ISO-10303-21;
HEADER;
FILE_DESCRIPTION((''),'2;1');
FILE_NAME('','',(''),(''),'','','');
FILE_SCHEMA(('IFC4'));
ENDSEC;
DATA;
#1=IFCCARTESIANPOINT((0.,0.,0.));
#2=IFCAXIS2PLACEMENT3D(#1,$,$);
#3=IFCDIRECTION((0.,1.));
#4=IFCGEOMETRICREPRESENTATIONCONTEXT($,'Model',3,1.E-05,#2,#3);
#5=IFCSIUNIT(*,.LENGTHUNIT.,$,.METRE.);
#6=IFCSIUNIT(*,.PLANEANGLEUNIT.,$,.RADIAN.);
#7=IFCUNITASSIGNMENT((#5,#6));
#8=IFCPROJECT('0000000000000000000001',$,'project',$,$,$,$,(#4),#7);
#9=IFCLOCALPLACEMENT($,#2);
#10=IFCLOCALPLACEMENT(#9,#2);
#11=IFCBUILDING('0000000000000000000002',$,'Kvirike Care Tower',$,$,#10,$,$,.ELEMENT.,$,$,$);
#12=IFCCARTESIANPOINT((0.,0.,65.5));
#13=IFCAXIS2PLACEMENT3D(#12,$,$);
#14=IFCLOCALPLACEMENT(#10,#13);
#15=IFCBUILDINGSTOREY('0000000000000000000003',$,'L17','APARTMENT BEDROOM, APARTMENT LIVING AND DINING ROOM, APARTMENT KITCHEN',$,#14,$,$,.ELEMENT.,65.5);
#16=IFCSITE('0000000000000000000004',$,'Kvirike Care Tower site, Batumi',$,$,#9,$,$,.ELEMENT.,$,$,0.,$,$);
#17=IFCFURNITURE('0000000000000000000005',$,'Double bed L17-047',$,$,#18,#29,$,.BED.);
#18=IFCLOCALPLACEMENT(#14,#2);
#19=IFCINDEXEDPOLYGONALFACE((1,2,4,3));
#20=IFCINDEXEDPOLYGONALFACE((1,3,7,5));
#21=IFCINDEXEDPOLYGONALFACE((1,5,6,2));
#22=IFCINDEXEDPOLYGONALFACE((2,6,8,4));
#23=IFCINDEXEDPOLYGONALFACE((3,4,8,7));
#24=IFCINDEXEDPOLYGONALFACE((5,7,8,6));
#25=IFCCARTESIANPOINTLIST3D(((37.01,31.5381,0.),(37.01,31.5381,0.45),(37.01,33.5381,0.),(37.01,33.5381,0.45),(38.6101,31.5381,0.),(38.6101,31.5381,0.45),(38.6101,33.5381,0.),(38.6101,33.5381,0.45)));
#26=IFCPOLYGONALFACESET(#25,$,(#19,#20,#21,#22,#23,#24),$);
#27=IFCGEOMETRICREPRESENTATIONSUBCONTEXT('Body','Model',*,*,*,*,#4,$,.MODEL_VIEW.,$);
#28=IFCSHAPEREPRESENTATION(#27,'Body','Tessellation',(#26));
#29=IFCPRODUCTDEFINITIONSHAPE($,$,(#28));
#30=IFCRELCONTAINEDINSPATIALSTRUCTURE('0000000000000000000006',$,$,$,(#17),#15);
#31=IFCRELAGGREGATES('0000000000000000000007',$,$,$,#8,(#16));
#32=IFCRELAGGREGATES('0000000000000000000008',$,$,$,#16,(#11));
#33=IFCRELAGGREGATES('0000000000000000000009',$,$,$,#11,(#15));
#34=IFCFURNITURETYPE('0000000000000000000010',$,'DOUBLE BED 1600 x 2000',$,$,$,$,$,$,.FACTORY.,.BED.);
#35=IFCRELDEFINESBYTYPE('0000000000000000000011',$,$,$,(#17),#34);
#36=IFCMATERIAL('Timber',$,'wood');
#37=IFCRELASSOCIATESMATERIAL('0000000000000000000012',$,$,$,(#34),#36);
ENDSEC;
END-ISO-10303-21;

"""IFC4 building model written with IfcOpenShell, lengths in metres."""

from ifc_helpers import new_model, si_unit, direction, frame, origin, origin_2d, place, context, subcontext, project, spatial, rectangle, extrude, material, type_object, element, save


model = new_model("IFC4")

# Units and contexts
model_context = context("Model", 3, precision=1e-05, world=origin(), true_north=direction((0.0, 1.0)))
body_context = subcontext(model_context, "Body", "Model", "MODEL_VIEW")
ifc_project = project(units=[si_unit("LENGTHUNIT", "METRE"), si_unit("PLANEANGLEUNIT", "RADIAN")], contexts=[model_context])

# Site, building, storey
site_placement = place(None, origin())
site = spatial("IfcSite", under=ifc_project, at=site_placement, Name="Kvirike Care Tower site, Batumi", CompositionType="ELEMENT", RefElevation=0.0)
building_placement = place(site_placement, origin())
building = spatial("IfcBuilding", under=site, at=building_placement, Name="Kvirike Care Tower", CompositionType="ELEMENT")
storey_placement = place(building_placement, frame((0.0, 0.0, 65.5)))
storey = spatial("IfcBuildingStorey", under=building, at=storey_placement, Name="L17", Description="APARTMENT BEDROOM, APARTMENT LIVING AND DINING ROOM, APARTMENT KITCHEN", CompositionType="ELEMENT", Elevation=65.5)

# Furniture
ifc_material_1 = material(Name="Timber", Category="wood")
furniture_type = type_object("IfcFurnitureType", Name="DOUBLE BED 1600 x 2000", AssemblyPlace="FACTORY", PredefinedType="BED", material=ifc_material_1)
furniture_placement = place(storey_placement, frame((37.8101, 32.5381, 0.0), z_axis=(0.0, 0.0, 1.0), x_axis=(1.0, 0.0, 0.0)))
element("IfcFurniture", 1, at=furniture_placement, inside=storey, type_object=furniture_type, Name="Double bed L17-047", PredefinedType="BED", context=body_context, shape_type="SweptSolid", body=[
    extrude(rectangle(XDim=1.6001, YDim=2.0, at=origin_2d()), origin(), (0.0, 0.0, 1.0), 0.45),
])

save(model, "model.ifc")
